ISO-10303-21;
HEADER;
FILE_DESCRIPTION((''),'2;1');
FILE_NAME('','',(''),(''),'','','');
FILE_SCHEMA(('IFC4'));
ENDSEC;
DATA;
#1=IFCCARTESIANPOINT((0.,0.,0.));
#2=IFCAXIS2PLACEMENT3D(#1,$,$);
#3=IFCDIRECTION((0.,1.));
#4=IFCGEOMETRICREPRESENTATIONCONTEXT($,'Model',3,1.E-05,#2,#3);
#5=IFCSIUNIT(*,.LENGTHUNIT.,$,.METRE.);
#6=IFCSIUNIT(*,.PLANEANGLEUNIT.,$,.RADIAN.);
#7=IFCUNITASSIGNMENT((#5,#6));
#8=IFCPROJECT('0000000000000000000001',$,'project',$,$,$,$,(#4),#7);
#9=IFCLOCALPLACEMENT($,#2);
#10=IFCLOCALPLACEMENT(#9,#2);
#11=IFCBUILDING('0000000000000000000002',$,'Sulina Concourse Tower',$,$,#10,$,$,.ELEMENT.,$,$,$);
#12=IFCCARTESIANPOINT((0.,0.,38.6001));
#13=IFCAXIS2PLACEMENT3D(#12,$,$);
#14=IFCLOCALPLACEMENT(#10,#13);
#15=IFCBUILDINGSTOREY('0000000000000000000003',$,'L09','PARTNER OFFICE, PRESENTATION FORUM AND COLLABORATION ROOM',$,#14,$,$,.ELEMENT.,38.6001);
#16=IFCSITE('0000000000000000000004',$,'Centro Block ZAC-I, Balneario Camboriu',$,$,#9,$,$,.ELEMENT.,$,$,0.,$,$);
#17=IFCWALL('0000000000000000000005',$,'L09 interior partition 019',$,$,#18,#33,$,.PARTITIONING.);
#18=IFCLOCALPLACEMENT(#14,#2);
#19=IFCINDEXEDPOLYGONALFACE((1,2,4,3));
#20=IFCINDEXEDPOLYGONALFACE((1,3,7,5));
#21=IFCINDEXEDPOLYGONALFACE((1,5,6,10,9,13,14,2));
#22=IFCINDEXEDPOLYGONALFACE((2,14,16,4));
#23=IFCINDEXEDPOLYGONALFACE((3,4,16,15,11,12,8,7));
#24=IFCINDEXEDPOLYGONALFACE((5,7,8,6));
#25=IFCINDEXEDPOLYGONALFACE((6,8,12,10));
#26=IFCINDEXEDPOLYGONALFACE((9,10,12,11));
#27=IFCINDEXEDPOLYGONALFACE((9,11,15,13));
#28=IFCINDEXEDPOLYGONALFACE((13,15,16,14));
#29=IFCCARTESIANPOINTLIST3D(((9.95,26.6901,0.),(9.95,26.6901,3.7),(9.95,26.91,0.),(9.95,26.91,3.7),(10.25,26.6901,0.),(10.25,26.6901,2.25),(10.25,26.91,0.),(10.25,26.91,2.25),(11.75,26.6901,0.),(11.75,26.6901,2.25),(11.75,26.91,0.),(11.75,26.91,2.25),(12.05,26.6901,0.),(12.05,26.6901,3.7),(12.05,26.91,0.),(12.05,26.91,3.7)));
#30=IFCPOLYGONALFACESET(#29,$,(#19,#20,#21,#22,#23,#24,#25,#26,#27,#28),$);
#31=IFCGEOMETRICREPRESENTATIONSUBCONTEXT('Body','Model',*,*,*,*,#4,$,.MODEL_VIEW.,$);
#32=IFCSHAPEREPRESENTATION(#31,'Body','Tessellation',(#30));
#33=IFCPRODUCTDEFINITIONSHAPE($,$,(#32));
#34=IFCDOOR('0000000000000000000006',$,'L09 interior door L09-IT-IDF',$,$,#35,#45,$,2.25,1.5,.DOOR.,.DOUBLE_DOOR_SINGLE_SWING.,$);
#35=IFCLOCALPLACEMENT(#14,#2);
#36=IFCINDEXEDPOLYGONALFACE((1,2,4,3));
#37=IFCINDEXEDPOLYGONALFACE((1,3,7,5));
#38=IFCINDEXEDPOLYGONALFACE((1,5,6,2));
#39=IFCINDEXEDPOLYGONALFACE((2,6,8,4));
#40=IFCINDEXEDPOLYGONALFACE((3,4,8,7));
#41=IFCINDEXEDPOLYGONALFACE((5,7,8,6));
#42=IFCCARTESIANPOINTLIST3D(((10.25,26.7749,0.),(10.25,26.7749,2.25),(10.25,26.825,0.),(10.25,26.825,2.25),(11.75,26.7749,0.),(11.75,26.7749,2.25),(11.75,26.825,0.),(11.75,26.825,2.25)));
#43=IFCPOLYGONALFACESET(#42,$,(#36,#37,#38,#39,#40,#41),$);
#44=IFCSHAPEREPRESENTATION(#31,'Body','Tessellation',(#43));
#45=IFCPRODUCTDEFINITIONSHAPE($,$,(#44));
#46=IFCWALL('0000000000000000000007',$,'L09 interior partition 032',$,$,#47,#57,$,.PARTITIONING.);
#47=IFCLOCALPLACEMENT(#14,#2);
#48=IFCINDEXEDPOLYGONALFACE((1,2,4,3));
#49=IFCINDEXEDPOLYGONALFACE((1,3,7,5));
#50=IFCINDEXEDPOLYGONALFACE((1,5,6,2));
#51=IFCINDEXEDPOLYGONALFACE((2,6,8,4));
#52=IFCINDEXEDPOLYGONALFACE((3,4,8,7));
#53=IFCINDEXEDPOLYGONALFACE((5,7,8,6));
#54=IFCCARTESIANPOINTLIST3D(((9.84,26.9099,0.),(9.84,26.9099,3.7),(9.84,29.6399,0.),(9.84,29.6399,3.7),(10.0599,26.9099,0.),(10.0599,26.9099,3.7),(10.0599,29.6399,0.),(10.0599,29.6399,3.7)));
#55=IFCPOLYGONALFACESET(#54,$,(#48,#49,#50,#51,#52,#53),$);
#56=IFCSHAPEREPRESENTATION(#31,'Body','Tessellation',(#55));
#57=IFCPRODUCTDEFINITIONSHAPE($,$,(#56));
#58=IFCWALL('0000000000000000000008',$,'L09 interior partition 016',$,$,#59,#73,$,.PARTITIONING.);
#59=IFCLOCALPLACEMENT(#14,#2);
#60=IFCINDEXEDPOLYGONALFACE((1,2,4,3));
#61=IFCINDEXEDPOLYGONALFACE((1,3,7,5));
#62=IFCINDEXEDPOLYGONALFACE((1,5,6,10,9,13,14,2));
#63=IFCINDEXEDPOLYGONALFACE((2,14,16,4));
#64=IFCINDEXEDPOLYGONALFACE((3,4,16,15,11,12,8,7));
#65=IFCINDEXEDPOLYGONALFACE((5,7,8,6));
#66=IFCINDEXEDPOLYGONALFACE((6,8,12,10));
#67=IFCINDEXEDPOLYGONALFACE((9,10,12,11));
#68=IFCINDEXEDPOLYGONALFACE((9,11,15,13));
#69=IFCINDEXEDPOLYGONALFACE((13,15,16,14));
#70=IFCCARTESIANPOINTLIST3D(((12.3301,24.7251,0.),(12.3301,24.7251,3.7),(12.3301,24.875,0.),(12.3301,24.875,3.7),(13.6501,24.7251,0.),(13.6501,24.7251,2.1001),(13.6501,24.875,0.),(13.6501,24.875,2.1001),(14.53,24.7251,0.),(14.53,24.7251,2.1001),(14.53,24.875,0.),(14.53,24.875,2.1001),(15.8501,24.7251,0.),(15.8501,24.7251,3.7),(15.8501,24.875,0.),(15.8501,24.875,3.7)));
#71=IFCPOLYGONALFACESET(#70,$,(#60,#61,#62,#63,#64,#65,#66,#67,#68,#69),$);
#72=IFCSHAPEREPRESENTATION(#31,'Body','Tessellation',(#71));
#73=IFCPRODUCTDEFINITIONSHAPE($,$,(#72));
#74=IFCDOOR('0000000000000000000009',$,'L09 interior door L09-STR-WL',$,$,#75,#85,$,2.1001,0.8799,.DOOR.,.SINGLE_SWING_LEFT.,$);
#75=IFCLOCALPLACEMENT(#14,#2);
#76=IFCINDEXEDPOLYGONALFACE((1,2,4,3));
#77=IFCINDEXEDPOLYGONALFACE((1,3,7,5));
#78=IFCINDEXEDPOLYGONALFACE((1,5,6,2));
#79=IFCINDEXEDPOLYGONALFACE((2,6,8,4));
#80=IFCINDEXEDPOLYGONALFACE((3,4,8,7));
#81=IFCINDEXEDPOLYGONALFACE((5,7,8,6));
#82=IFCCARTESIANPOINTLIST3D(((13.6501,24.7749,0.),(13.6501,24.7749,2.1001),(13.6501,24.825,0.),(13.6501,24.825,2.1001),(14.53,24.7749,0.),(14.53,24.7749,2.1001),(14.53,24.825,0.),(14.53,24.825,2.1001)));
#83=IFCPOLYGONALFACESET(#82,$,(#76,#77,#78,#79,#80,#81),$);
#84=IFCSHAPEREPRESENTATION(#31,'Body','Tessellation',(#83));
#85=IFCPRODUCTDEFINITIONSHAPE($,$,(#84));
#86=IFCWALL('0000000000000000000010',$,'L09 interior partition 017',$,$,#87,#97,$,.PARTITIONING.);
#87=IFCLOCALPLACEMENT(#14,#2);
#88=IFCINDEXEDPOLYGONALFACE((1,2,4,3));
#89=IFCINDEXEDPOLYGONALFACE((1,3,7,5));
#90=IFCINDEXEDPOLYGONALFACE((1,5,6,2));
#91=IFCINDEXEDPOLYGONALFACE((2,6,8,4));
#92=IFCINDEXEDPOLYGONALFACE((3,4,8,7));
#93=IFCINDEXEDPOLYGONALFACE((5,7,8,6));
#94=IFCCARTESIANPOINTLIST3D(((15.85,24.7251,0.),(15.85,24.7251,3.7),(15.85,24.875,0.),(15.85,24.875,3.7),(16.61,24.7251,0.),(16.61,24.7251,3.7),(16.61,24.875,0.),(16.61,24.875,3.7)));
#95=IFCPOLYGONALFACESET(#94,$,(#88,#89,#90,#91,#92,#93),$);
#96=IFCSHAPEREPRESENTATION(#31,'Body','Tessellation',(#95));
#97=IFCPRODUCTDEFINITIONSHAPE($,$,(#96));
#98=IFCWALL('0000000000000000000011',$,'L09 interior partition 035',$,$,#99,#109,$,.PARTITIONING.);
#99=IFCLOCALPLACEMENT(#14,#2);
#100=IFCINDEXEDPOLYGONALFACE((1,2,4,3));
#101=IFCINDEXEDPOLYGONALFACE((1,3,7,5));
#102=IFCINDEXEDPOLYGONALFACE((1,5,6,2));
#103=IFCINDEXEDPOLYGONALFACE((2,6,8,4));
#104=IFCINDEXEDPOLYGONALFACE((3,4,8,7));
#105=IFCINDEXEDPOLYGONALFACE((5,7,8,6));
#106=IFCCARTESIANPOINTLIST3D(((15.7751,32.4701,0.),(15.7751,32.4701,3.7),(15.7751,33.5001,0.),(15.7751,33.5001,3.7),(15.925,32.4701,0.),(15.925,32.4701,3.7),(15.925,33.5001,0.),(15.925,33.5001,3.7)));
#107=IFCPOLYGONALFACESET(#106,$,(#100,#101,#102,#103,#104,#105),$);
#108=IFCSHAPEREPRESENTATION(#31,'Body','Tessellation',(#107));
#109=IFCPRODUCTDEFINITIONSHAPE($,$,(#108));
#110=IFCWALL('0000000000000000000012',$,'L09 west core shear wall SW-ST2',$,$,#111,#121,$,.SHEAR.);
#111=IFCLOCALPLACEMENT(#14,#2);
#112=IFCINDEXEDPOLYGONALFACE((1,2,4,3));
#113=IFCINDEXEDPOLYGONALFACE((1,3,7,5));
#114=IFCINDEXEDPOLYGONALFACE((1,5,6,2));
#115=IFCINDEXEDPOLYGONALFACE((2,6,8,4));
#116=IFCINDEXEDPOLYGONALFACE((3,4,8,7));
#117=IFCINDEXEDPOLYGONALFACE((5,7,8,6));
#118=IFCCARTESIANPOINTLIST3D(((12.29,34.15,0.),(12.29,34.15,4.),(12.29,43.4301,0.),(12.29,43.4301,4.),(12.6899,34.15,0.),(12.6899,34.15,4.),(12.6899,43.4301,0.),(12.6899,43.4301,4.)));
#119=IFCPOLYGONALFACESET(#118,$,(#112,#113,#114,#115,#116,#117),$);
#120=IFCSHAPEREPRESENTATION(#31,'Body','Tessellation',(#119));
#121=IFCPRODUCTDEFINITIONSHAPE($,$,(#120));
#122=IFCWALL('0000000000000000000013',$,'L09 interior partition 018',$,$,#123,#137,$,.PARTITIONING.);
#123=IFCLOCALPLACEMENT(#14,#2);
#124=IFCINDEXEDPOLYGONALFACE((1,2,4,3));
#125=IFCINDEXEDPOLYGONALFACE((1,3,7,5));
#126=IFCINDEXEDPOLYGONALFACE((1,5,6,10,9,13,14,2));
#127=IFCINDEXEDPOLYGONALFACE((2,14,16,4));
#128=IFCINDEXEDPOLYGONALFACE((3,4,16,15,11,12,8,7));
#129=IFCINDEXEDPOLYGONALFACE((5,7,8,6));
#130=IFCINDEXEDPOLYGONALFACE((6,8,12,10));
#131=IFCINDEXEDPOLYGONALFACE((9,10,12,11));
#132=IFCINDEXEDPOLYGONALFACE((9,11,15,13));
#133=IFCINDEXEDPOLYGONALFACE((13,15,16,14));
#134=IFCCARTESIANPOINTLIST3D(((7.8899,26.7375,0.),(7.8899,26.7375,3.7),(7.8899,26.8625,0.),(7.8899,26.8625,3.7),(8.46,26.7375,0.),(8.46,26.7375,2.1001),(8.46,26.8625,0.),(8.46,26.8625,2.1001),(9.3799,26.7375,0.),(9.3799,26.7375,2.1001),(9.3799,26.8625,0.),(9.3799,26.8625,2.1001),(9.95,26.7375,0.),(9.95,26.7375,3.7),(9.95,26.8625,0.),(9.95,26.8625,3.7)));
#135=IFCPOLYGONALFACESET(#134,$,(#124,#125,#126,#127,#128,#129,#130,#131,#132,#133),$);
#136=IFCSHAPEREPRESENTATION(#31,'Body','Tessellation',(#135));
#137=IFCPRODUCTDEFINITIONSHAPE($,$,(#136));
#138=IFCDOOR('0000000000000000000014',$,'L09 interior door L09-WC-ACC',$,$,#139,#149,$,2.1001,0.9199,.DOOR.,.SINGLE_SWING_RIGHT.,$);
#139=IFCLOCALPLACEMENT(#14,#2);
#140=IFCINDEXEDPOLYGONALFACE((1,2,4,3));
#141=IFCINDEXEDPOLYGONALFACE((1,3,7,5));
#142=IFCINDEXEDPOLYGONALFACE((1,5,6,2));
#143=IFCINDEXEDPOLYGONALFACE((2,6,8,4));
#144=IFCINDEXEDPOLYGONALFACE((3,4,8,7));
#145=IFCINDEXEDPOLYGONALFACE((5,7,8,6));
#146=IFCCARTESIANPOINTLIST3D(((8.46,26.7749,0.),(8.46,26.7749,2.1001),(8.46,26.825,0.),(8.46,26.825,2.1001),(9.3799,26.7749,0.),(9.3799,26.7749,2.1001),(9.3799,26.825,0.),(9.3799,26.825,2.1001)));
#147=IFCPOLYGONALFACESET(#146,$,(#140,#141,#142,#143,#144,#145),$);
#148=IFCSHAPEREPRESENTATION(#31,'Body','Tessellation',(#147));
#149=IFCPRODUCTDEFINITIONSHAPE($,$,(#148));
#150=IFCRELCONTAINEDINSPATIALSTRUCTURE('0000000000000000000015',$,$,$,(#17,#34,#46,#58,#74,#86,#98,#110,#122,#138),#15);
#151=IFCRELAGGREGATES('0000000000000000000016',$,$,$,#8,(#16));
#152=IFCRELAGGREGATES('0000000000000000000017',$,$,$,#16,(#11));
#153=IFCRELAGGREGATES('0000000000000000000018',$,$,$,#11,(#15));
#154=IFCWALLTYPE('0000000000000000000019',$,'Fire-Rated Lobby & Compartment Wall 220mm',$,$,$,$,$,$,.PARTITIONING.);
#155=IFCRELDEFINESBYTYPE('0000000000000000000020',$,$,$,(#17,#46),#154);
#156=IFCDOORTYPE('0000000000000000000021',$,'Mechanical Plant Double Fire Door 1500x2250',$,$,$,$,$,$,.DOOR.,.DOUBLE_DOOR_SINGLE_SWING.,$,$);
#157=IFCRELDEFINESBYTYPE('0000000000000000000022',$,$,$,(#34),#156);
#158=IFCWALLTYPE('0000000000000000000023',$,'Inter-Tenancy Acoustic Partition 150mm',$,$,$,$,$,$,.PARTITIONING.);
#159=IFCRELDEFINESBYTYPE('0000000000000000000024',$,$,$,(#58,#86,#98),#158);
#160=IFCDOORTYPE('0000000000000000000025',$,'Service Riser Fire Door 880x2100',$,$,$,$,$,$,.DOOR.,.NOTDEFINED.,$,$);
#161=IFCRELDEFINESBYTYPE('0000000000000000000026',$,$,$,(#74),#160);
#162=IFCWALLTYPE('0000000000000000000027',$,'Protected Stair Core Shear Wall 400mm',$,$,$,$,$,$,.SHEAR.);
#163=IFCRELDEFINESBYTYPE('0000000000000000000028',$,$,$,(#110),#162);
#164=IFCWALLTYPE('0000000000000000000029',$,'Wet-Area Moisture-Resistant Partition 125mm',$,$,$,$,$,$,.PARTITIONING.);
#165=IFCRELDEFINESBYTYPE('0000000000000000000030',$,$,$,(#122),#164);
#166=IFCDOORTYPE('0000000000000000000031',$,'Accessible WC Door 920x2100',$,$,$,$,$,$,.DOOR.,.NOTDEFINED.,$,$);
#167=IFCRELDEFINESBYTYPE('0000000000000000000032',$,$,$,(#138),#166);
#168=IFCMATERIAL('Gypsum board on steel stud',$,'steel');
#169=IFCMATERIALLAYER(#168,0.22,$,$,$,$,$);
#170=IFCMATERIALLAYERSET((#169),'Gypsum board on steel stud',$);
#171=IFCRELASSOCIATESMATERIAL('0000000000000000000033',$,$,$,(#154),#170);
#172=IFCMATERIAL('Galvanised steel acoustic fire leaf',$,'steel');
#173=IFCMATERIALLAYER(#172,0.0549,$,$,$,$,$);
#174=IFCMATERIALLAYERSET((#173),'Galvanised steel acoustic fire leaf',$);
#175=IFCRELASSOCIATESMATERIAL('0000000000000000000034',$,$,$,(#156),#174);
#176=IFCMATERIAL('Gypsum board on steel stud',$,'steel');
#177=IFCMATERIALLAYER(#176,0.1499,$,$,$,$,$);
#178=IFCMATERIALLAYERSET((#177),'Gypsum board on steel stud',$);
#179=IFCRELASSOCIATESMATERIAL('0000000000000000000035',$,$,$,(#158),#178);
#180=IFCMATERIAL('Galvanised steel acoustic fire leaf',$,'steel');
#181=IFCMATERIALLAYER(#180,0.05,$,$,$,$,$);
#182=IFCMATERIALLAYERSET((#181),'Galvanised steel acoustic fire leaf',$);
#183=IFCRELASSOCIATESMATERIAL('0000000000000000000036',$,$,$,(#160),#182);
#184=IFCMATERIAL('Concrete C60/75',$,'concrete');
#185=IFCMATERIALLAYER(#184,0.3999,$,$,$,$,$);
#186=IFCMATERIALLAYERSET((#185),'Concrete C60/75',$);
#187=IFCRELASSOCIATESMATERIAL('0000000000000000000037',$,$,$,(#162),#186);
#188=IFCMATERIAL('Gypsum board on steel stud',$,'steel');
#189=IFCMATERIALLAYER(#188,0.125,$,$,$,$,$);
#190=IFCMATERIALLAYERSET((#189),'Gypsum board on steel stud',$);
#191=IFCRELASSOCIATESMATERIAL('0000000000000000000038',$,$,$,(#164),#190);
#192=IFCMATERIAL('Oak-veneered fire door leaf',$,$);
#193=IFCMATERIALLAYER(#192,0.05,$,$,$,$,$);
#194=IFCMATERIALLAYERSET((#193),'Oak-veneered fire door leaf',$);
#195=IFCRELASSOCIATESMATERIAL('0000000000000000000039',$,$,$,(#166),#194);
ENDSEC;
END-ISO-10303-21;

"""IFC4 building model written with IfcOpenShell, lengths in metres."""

from ifc_helpers import new_model, si_unit, direction, frame, frame_2d, origin, place, context, subcontext, project, spatial, rectangle, extrude, material, layer, layer_set, type_object, element, fill, save


model = new_model("IFC4")

# Units and contexts
model_context = context("Model", 3, precision=1e-05, world=origin(), true_north=direction((0.0, 1.0)))
body_context = subcontext(model_context, "Body", "Model", "MODEL_VIEW")
ifc_project = project(units=[si_unit("LENGTHUNIT", "METRE"), si_unit("PLANEANGLEUNIT", "RADIAN")], contexts=[model_context])

# Site, building, storey
site_placement = place(None, origin())
site = spatial("IfcSite", under=ifc_project, at=site_placement, Name="Centro Block ZAC-I, Balneario Camboriu", CompositionType="ELEMENT", RefElevation=0.0)
building_placement = place(site_placement, origin())
building = spatial("IfcBuilding", under=site, at=building_placement, Name="Sulina Concourse Tower", CompositionType="ELEMENT")
storey_placement = place(building_placement, frame((0.0, 0.0, 38.6001)))
storey = spatial("IfcBuildingStorey", under=building, at=storey_placement, Name="L09", Description="PARTNER OFFICE, PRESENTATION FORUM AND COLLABORATION ROOM", CompositionType="ELEMENT", Elevation=38.6001)

# Wall, opening, door
ifc_material_1 = material(Name="Gypsum board on steel stud", Category="steel")
ifc_layer_1 = layer(ifc_material_1, 0.22)
ifc_layer_set_1 = layer_set([ifc_layer_1], Name="Gypsum board on steel stud")
wall_type_1 = type_object("IfcWallType", Name="Fire-Rated Lobby & Compartment Wall 220mm", PredefinedType="PARTITIONING", material=ifc_layer_set_1)
wall_1_placement = place(storey_placement, frame((9.95, 26.8, 0.0), z_axis=(0.0, 0.0, 1.0), x_axis=(1.0, 0.0, 0.0)))
wall_1 = element("IfcWall", 1, at=wall_1_placement, inside=storey, type_object=wall_type_1, Name="L09 interior partition 019", PredefinedType="PARTITIONING", context=body_context, shape_type="SweptSolid", body=[
    extrude(rectangle(XDim=2.1001, YDim=0.22, at=frame_2d((1.05, 0.0))), origin(), (0.0, 0.0, 1.0), 3.7),
])
opening_1_placement = place(wall_1_placement, frame((0.3, 0.0, 0.0)))
opening_1 = element("IfcOpeningElement", 2, at=opening_1_placement, cuts=wall_1, PredefinedType="OPENING", context=body_context, shape_type="SweptSolid", body=[
    extrude(rectangle(XDim=1.5, YDim=2.25, at=frame_2d((0.75, 1.125))), frame((0.0, 0.1199, 0.0), z_axis=(0.0, -1.0, 0.0), x_axis=(1.0, 0.0, 0.0)), (0.0, 0.0, 1.0), 0.24),
])
ifc_material_2 = material(Name="Galvanised steel acoustic fire leaf", Category="steel")
ifc_layer_2 = layer(ifc_material_2, 0.0549)
ifc_layer_set_2 = layer_set([ifc_layer_2], Name="Galvanised steel acoustic fire leaf")
door_type_1 = type_object("IfcDoorType", Name="Mechanical Plant Double Fire Door 1500x2250", OperationType="DOUBLE_DOOR_SINGLE_SWING", PredefinedType="DOOR", material=ifc_layer_set_2)
door_1_placement = place(opening_1_placement, origin())
door_1 = element("IfcDoor", 3, at=door_1_placement, inside=storey, type_object=door_type_1, Name="L09 interior door L09-IT-IDF", OperationType="DOUBLE_DOOR_SINGLE_SWING", OverallHeight=2.25, OverallWidth=1.5, PredefinedType="DOOR", context=body_context, shape_type="SweptSolid", body=[
    extrude(rectangle(XDim=1.5, YDim=2.25, at=frame_2d((0.75, 1.125))), frame((0.0, 0.0249, 0.0), z_axis=(0.0, -1.0, 0.0), x_axis=(1.0, 0.0, 0.0)), (0.0, 0.0, 1.0), 0.05),
])
fill(opening_1, door_1)

# Wall
wall_2_placement = place(storey_placement, frame((9.95, 26.9099, 0.0), z_axis=(0.0, 0.0, 1.0), x_axis=(0.0, 1.0, 0.0)))
element("IfcWall", 4, at=wall_2_placement, inside=storey, type_object=wall_type_1, Name="L09 interior partition 032", PredefinedType="PARTITIONING", context=body_context, shape_type="SweptSolid", body=[
    extrude(rectangle(XDim=2.73, YDim=0.22, at=frame_2d((1.365, 0.0))), origin(), (0.0, 0.0, 1.0), 3.7),
])

# Wall, opening, door
ifc_material_3 = material(Name="Gypsum board on steel stud", Category="steel")
ifc_layer_3 = layer(ifc_material_3, 0.1499)
ifc_layer_set_3 = layer_set([ifc_layer_3], Name="Gypsum board on steel stud")
wall_type_2 = type_object("IfcWallType", Name="Inter-Tenancy Acoustic Partition 150mm", PredefinedType="PARTITIONING", material=ifc_layer_set_3)
wall_3_placement = place(storey_placement, frame((12.3301, 24.8, 0.0), z_axis=(0.0, 0.0, 1.0), x_axis=(1.0, 0.0, 0.0)))
wall_3 = element("IfcWall", 5, at=wall_3_placement, inside=storey, type_object=wall_type_2, Name="L09 interior partition 016", PredefinedType="PARTITIONING", context=body_context, shape_type="SweptSolid", body=[
    extrude(rectangle(XDim=3.52, YDim=0.1499, at=frame_2d((1.76, 0.0))), origin(), (0.0, 0.0, 1.0), 3.7),
])
opening_2_placement = place(wall_3_placement, frame((1.3201, 0.0, 0.0)))
opening_2 = element("IfcOpeningElement", 6, at=opening_2_placement, cuts=wall_3, PredefinedType="OPENING", context=body_context, shape_type="SweptSolid", body=[
    extrude(rectangle(XDim=0.8799, YDim=2.1001, at=frame_2d((0.4399, 1.05))), frame((0.0, 0.085, 0.0), z_axis=(0.0, -1.0, 0.0), x_axis=(1.0, 0.0, 0.0)), (0.0, 0.0, 1.0), 0.1699),
])
ifc_material_4 = material(Name="Galvanised steel acoustic fire leaf", Category="steel")
ifc_layer_4 = layer(ifc_material_4, 0.05)
ifc_layer_set_4 = layer_set([ifc_layer_4], Name="Galvanised steel acoustic fire leaf")
door_type_2 = type_object("IfcDoorType", Name="Service Riser Fire Door 880x2100", OperationType="NOTDEFINED", PredefinedType="DOOR", material=ifc_layer_set_4)
door_2_placement = place(opening_2_placement, origin())
door_2 = element("IfcDoor", 7, at=door_2_placement, inside=storey, type_object=door_type_2, Name="L09 interior door L09-STR-WL", OperationType="SINGLE_SWING_LEFT", OverallHeight=2.1001, OverallWidth=0.8799, PredefinedType="DOOR", context=body_context, shape_type="SweptSolid", body=[
    extrude(rectangle(XDim=0.8799, YDim=2.1001, at=frame_2d((0.4399, 1.05))), frame((0.0, 0.0249, 0.0), z_axis=(0.0, -1.0, 0.0), x_axis=(1.0, 0.0, 0.0)), (0.0, 0.0, 1.0), 0.05),
])
fill(opening_2, door_2)

# Walls
wall_4_placement = place(storey_placement, frame((15.8501, 24.8, 0.0), z_axis=(0.0, 0.0, 1.0), x_axis=(1.0, 0.0, 0.0)))
element("IfcWall", 8, at=wall_4_placement, inside=storey, type_object=wall_type_2, Name="L09 interior partition 017", PredefinedType="PARTITIONING", context=body_context, shape_type="SweptSolid", body=[
    extrude(rectangle(XDim=0.76, YDim=0.1499, at=frame_2d((0.3799, 0.0))), origin(), (0.0, 0.0, 1.0), 3.7),
])
wall_5_placement = place(storey_placement, frame((15.8501, 32.47, 0.0), z_axis=(0.0, 0.0, 1.0), x_axis=(0.0, 1.0, 0.0)))
element("IfcWall", 9, at=wall_5_placement, inside=storey, type_object=wall_type_2, Name="L09 interior partition 035", PredefinedType="PARTITIONING", context=body_context, shape_type="SweptSolid", body=[
    extrude(rectangle(XDim=1.03, YDim=0.1499, at=frame_2d((0.5151, 0.0))), origin(), (0.0, 0.0, 1.0), 3.7),
])
ifc_material_5 = material(Name="Concrete C60/75", Category="concrete")
ifc_layer_5 = layer(ifc_material_5, 0.3999)
ifc_layer_set_5 = layer_set([ifc_layer_5], Name="Concrete C60/75")
wall_type_3 = type_object("IfcWallType", Name="Protected Stair Core Shear Wall 400mm", PredefinedType="SHEAR", material=ifc_layer_set_5)
wall_6_placement = place(storey_placement, frame((12.49, 34.1499, 0.0), z_axis=(0.0, 0.0, 1.0), x_axis=(0.0, 1.0, 0.0)))
element("IfcWall", 10, at=wall_6_placement, inside=storey, type_object=wall_type_3, Name="L09 west core shear wall SW-ST2", PredefinedType="SHEAR", context=body_context, shape_type="SweptSolid", body=[
    extrude(rectangle(XDim=9.28, YDim=0.3999, at=frame_2d((4.6401, 0.0))), origin(), (0.0, 0.0, 1.0), 4.0),
])

# Wall, opening, door
ifc_material_6 = material(Name="Gypsum board on steel stud", Category="steel")
ifc_layer_6 = layer(ifc_material_6, 0.125)
ifc_layer_set_6 = layer_set([ifc_layer_6], Name="Gypsum board on steel stud")
wall_type_4 = type_object("IfcWallType", Name="Wet-Area Moisture-Resistant Partition 125mm", PredefinedType="PARTITIONING", material=ifc_layer_set_6)
wall_7_placement = place(storey_placement, frame((7.8899, 26.8, 0.0), z_axis=(0.0, 0.0, 1.0), x_axis=(1.0, 0.0, 0.0)))
wall_7 = element("IfcWall", 11, at=wall_7_placement, inside=storey, type_object=wall_type_4, Name="L09 interior partition 018", PredefinedType="PARTITIONING", context=body_context, shape_type="SweptSolid", body=[
    extrude(rectangle(XDim=2.0601, YDim=0.125, at=frame_2d((1.03, 0.0))), origin(), (0.0, 0.0, 1.0), 3.7),
])
opening_3_placement = place(wall_7_placement, frame((0.5701, 0.0, 0.0)))
opening_3 = element("IfcOpeningElement", 12, at=opening_3_placement, cuts=wall_7, PredefinedType="OPENING", context=body_context, shape_type="SweptSolid", body=[
    extrude(rectangle(XDim=0.9199, YDim=2.1001, at=frame_2d((0.46, 1.05))), frame((0.0, 0.0725, 0.0), z_axis=(0.0, -1.0, 0.0), x_axis=(1.0, 0.0, 0.0)), (0.0, 0.0, 1.0), 0.145),
])
ifc_material_7 = material(Name="Oak-veneered fire door leaf")
ifc_layer_7 = layer(ifc_material_7, 0.05)
ifc_layer_set_7 = layer_set([ifc_layer_7], Name="Oak-veneered fire door leaf")
door_type_3 = type_object("IfcDoorType", Name="Accessible WC Door 920x2100", OperationType="NOTDEFINED", PredefinedType="DOOR", material=ifc_layer_set_7)
door_3_placement = place(opening_3_placement, origin())
door_3 = element("IfcDoor", 13, at=door_3_placement, inside=storey, type_object=door_type_3, Name="L09 interior door L09-WC-ACC", OperationType="SINGLE_SWING_RIGHT", OverallHeight=2.1001, OverallWidth=0.9199, PredefinedType="DOOR", context=body_context, shape_type="SweptSolid", body=[
    extrude(rectangle(XDim=0.9199, YDim=2.1001, at=frame_2d((0.46, 1.05))), frame((0.0, 0.0249, 0.0), z_axis=(0.0, -1.0, 0.0), x_axis=(1.0, 0.0, 0.0)), (0.0, 0.0, 1.0), 0.05),
])
fill(opening_3, door_3)

save(model, "model.ifc")
